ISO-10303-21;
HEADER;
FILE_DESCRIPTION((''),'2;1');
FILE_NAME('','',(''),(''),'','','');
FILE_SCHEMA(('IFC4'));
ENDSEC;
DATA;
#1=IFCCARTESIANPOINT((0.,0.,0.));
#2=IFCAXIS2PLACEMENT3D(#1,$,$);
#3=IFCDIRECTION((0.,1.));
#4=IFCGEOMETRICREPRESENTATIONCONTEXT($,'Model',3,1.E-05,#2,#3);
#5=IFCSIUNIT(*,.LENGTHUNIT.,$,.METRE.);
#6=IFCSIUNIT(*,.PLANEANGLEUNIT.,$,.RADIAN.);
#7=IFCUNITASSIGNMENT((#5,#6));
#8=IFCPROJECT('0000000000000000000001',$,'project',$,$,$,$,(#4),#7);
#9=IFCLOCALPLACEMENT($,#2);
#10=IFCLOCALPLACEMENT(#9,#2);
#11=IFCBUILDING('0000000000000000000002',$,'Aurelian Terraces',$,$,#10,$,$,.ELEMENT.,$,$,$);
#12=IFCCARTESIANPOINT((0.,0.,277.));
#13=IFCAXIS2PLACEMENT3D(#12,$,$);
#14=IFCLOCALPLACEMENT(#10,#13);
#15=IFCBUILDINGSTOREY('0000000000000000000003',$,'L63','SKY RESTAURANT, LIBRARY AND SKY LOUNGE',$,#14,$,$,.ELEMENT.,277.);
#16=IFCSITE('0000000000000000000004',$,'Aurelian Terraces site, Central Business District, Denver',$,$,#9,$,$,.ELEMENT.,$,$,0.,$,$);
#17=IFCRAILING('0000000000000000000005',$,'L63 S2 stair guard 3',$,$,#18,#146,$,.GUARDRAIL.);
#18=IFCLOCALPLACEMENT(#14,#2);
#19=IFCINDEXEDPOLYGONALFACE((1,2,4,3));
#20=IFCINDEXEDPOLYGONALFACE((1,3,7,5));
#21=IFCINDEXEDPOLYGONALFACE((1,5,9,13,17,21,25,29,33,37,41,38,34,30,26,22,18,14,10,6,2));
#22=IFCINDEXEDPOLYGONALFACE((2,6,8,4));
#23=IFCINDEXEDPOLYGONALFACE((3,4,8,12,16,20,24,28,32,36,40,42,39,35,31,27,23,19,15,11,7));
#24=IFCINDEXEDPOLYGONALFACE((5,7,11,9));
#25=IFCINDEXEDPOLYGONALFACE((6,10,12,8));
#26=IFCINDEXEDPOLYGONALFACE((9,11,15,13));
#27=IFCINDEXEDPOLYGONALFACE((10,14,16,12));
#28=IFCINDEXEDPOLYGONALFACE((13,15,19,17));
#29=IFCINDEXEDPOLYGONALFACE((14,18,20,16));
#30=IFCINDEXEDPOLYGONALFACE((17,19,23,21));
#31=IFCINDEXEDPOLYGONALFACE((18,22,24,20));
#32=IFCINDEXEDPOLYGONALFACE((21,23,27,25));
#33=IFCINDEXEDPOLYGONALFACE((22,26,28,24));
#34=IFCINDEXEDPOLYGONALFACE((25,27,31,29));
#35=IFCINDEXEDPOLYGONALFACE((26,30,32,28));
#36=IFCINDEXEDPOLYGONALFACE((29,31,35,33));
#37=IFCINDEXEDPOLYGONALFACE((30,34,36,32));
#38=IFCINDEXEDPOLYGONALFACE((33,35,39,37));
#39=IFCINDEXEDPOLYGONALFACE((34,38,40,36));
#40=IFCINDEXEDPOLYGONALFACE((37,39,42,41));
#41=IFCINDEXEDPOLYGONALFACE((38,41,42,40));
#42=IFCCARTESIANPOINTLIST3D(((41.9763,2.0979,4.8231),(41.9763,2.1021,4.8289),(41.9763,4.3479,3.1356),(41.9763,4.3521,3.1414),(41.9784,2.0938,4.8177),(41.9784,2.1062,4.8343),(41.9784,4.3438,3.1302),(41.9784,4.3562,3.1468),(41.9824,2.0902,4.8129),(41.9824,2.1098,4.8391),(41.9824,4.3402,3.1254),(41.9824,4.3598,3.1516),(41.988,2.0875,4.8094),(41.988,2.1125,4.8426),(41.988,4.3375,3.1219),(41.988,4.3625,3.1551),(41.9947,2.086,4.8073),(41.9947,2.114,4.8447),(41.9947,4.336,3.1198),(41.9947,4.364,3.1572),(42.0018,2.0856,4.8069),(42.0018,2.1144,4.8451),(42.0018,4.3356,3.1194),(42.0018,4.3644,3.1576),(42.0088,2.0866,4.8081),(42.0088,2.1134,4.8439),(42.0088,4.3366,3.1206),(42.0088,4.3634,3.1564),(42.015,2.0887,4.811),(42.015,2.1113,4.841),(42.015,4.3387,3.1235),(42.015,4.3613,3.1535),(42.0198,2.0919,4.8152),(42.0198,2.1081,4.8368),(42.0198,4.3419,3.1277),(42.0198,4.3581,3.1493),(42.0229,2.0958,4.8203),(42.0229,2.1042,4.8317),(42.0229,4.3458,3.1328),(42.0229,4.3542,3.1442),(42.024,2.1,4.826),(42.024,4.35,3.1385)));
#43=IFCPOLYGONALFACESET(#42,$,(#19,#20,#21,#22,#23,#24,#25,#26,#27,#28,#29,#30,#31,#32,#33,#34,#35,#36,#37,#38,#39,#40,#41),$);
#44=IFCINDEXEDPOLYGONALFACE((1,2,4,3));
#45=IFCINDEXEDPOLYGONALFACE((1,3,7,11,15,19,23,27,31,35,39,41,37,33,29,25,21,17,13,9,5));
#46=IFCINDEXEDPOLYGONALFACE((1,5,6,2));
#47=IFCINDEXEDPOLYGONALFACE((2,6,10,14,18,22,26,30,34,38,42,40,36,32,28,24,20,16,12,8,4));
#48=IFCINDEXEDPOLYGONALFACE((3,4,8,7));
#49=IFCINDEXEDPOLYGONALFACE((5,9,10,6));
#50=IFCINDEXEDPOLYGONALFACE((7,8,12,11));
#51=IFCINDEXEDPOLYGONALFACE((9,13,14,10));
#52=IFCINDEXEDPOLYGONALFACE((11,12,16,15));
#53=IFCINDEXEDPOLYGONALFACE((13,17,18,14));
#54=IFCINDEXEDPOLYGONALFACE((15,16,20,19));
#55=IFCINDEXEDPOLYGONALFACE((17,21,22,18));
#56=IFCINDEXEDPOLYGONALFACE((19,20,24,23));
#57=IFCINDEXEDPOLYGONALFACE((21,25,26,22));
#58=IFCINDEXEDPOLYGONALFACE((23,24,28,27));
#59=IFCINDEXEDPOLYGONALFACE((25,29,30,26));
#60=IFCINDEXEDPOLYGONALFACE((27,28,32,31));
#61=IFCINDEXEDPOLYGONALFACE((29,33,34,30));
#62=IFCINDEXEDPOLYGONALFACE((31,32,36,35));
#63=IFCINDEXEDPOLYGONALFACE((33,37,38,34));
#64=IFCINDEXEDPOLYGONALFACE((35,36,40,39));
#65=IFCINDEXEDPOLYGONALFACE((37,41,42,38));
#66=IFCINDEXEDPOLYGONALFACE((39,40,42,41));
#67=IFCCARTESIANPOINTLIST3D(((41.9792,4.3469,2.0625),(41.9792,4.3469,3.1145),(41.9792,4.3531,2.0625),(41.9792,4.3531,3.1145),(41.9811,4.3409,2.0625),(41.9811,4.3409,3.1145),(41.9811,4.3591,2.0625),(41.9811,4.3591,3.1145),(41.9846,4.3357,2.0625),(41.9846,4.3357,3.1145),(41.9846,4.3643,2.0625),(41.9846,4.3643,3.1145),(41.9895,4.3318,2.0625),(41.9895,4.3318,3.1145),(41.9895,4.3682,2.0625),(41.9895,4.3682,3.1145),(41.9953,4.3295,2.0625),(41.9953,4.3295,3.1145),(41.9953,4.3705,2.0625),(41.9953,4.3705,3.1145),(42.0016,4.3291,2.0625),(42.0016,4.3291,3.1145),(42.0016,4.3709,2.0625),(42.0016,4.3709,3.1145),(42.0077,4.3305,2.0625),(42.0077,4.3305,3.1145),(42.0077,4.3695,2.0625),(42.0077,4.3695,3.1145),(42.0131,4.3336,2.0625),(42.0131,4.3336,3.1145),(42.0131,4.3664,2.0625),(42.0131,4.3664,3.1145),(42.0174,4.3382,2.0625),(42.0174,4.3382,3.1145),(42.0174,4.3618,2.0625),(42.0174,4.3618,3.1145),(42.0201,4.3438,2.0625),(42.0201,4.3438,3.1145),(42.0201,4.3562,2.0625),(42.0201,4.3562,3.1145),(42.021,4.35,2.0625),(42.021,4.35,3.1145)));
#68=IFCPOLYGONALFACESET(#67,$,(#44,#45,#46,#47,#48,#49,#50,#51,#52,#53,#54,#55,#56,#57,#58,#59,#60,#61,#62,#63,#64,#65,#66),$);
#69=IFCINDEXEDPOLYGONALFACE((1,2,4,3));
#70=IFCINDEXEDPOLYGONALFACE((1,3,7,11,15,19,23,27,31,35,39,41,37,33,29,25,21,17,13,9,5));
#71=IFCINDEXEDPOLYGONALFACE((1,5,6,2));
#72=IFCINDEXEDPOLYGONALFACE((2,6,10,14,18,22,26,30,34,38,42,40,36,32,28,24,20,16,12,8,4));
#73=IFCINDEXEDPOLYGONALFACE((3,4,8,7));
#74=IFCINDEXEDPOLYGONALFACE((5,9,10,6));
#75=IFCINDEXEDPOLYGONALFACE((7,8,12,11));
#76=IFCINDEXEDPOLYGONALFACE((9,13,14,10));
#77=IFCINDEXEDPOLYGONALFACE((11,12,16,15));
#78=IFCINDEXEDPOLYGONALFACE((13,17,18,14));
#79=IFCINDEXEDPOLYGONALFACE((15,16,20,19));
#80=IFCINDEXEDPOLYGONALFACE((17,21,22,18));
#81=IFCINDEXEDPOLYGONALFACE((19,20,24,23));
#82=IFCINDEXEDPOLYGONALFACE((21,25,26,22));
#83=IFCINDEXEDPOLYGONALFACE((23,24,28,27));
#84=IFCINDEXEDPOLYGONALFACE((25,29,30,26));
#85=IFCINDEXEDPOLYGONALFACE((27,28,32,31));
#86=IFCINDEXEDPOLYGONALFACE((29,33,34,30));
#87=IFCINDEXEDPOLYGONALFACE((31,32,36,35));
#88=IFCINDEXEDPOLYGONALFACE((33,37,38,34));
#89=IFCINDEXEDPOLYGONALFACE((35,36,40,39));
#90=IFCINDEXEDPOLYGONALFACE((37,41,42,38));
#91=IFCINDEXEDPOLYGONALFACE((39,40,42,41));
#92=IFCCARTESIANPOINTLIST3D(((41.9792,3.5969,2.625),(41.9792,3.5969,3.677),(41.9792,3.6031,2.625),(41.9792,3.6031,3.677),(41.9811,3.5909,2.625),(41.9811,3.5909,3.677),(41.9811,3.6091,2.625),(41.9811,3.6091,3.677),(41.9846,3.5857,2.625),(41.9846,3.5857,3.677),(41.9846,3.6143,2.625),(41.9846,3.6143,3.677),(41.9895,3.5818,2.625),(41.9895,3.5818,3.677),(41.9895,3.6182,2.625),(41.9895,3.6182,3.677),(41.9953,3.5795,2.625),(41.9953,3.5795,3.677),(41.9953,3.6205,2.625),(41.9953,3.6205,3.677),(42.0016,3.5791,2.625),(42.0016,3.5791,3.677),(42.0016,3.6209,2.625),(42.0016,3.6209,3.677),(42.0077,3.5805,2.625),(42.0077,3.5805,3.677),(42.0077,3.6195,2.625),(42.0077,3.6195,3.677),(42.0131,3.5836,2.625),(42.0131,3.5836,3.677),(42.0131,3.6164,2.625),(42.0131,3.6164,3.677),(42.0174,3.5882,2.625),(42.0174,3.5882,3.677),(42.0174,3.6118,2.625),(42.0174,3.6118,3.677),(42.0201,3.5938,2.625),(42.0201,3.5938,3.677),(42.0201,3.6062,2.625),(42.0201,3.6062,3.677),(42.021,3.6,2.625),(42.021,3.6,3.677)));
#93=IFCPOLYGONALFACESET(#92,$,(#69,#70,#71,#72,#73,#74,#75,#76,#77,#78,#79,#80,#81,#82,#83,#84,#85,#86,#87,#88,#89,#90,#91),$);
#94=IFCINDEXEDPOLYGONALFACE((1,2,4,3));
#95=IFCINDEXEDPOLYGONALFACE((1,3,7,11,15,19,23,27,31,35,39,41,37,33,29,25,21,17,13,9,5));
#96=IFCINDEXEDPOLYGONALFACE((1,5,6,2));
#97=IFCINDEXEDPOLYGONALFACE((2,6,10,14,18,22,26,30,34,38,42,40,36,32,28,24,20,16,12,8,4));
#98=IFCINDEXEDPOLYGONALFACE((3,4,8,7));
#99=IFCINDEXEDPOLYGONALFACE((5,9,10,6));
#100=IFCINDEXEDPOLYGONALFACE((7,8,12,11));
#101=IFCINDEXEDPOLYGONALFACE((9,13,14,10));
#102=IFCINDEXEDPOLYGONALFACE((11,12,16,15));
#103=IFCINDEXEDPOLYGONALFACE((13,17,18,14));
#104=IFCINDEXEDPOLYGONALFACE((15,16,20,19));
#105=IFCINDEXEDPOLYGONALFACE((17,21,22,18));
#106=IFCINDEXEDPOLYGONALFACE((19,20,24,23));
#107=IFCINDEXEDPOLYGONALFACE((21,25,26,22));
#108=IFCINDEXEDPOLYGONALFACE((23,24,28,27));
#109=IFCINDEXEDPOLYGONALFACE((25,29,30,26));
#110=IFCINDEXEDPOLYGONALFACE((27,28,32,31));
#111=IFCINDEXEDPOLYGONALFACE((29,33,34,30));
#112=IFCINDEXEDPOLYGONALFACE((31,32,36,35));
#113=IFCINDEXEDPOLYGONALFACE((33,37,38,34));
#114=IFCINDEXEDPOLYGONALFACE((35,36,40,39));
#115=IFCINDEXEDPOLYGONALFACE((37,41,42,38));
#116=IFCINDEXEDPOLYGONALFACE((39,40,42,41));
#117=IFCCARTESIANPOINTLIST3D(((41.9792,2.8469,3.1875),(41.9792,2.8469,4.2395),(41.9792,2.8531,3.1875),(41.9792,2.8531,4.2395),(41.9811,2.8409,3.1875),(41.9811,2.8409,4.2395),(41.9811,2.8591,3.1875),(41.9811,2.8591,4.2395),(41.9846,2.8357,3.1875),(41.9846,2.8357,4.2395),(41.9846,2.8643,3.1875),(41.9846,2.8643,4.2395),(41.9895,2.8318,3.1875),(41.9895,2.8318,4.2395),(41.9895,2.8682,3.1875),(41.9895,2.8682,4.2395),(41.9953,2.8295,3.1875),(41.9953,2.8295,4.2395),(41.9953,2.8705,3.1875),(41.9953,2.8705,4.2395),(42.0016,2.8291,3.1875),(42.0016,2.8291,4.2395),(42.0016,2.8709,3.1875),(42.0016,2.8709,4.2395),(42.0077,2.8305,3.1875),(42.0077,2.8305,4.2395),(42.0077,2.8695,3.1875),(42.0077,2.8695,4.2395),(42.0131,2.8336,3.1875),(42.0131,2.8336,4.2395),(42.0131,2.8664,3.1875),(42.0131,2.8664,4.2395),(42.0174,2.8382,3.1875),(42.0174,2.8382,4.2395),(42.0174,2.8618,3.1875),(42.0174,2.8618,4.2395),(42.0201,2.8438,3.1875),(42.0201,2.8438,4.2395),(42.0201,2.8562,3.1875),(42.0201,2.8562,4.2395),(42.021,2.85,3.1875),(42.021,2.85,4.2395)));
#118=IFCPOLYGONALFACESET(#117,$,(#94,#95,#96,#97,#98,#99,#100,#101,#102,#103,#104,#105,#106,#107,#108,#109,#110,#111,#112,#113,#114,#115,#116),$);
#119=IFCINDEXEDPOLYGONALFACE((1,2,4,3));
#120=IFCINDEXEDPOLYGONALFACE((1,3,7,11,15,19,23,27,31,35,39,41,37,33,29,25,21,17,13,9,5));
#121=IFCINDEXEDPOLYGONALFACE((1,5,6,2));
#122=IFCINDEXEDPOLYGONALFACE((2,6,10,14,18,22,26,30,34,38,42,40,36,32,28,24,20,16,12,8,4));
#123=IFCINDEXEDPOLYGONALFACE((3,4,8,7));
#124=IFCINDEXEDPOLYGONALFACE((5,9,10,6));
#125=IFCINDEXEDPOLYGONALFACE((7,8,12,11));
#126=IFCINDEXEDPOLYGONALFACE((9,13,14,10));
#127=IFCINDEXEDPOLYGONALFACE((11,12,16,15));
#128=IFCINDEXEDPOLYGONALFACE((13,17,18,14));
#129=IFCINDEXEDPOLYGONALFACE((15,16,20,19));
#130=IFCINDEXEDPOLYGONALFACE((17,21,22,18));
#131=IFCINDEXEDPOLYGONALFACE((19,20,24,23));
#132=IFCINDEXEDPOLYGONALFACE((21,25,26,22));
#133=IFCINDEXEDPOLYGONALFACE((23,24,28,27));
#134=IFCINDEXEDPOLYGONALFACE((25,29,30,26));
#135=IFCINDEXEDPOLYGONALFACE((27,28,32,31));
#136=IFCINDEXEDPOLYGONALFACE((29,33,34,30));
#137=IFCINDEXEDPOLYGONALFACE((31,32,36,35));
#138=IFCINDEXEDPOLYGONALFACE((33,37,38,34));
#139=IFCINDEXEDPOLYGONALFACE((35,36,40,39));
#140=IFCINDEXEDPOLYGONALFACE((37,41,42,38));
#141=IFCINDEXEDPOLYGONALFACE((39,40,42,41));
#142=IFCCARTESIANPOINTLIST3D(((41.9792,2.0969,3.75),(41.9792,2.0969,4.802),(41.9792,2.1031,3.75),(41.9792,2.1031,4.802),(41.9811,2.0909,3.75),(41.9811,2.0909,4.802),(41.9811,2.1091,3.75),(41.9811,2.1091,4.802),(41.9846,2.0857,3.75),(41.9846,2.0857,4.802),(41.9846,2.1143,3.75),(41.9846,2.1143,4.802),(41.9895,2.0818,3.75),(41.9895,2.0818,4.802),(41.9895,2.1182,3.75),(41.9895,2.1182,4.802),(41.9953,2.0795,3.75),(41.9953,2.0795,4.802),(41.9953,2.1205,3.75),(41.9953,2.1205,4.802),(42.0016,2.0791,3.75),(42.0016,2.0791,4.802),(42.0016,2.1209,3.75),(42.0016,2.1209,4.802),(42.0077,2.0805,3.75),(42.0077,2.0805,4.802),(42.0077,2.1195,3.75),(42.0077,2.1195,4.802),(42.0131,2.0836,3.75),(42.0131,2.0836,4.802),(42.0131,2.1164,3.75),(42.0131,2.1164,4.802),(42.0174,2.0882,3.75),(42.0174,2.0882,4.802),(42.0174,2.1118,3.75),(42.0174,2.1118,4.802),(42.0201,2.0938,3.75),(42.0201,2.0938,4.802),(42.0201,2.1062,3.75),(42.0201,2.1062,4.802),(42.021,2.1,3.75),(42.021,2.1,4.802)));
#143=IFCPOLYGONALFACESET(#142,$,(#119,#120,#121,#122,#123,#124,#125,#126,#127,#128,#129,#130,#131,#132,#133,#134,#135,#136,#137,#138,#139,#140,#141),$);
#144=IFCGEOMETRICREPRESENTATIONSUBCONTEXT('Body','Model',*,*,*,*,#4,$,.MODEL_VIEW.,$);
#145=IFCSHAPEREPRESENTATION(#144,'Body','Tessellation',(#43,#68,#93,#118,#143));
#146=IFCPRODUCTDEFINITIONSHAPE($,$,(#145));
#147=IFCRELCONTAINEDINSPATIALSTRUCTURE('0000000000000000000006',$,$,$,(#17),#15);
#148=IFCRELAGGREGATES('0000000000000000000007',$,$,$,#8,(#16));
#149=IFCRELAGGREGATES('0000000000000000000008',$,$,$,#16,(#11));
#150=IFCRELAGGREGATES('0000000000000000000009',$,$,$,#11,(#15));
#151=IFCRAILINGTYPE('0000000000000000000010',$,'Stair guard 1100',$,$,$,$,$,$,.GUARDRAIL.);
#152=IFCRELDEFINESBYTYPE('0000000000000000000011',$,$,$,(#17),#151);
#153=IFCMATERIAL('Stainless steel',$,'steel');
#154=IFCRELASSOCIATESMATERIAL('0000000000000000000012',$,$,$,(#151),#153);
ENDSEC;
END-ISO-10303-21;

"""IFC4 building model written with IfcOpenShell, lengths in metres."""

from ifc_helpers import new_model, si_unit, direction, frame, origin, origin_2d, place, context, subcontext, project, spatial, circle, extrude, source, transform, mapped, material, type_object, element, save


model = new_model("IFC4")

# Units and contexts
model_context = context("Model", 3, precision=1e-05, world=origin(), true_north=direction((0.0, 1.0)))
body_context = subcontext(model_context, "Body", "Model", "MODEL_VIEW")
ifc_project = project(units=[si_unit("LENGTHUNIT", "METRE"), si_unit("PLANEANGLEUNIT", "RADIAN")], contexts=[model_context])

# Site, building, storey
site_placement = place(None, origin())
site = spatial("IfcSite", under=ifc_project, at=site_placement, Name="Aurelian Terraces site, Central Business District, Denver", CompositionType="ELEMENT", RefElevation=0.0)
building_placement = place(site_placement, origin())
building = spatial("IfcBuilding", under=site, at=building_placement, Name="Aurelian Terraces", CompositionType="ELEMENT")
storey_placement = place(building_placement, frame((0.0, 0.0, 277.0)))
storey = spatial("IfcBuildingStorey", under=building, at=storey_placement, Name="L63", Description="SKY RESTAURANT, LIBRARY AND SKY LOUNGE", CompositionType="ELEMENT", Elevation=277.0)

# Railing
ifc_material_1 = material(Name="Stainless steel", Category="steel")
railing_type_1 = type_object("IfcRailingType", Name="Stair guard 1100", PredefinedType="GUARDRAIL", material=ifc_material_1)
shared_shape_1 = source(origin(), body_context, "Body", "SweptSolid", [
    extrude(circle(Radius=0.024, at=origin_2d()), frame((0.0, 0.0, 1.076), z_axis=(0.0, -0.8, 0.6), x_axis=(1.0, 0.0, 0.0)), (0.0, 0.0, 1.0), 2.8125),
    extrude(circle(Radius=0.021, at=origin_2d()), origin(), (0.0, 0.0, 1.0), 1.052),
    extrude(circle(Radius=0.021, at=origin_2d()), frame((0.0, -0.75, 0.5625)), (0.0, 0.0, 1.0), 1.052),
    extrude(circle(Radius=0.021, at=origin_2d()), frame((0.0, -1.5, 1.125)), (0.0, 0.0, 1.0), 1.052),
    extrude(circle(Radius=0.021, at=origin_2d()), frame((0.0, -2.25, 1.6875)), (0.0, 0.0, 1.0), 1.052),
])
for number, where, name in (
    (1, (42.0, 4.35, 2.0625), "L63 S2 stair guard 3"),
):
    element("IfcRailing", number, at=place(storey_placement, frame(where)), inside=storey, type_object=railing_type_1, Name=name, PredefinedType="GUARDRAIL", context=body_context, shape_type="MappedRepresentation", body=[
        mapped(shared_shape_1, transform((0.0, 0.0, 0.0), scale=1.0)),
    ])

save(model, "model.ifc")
